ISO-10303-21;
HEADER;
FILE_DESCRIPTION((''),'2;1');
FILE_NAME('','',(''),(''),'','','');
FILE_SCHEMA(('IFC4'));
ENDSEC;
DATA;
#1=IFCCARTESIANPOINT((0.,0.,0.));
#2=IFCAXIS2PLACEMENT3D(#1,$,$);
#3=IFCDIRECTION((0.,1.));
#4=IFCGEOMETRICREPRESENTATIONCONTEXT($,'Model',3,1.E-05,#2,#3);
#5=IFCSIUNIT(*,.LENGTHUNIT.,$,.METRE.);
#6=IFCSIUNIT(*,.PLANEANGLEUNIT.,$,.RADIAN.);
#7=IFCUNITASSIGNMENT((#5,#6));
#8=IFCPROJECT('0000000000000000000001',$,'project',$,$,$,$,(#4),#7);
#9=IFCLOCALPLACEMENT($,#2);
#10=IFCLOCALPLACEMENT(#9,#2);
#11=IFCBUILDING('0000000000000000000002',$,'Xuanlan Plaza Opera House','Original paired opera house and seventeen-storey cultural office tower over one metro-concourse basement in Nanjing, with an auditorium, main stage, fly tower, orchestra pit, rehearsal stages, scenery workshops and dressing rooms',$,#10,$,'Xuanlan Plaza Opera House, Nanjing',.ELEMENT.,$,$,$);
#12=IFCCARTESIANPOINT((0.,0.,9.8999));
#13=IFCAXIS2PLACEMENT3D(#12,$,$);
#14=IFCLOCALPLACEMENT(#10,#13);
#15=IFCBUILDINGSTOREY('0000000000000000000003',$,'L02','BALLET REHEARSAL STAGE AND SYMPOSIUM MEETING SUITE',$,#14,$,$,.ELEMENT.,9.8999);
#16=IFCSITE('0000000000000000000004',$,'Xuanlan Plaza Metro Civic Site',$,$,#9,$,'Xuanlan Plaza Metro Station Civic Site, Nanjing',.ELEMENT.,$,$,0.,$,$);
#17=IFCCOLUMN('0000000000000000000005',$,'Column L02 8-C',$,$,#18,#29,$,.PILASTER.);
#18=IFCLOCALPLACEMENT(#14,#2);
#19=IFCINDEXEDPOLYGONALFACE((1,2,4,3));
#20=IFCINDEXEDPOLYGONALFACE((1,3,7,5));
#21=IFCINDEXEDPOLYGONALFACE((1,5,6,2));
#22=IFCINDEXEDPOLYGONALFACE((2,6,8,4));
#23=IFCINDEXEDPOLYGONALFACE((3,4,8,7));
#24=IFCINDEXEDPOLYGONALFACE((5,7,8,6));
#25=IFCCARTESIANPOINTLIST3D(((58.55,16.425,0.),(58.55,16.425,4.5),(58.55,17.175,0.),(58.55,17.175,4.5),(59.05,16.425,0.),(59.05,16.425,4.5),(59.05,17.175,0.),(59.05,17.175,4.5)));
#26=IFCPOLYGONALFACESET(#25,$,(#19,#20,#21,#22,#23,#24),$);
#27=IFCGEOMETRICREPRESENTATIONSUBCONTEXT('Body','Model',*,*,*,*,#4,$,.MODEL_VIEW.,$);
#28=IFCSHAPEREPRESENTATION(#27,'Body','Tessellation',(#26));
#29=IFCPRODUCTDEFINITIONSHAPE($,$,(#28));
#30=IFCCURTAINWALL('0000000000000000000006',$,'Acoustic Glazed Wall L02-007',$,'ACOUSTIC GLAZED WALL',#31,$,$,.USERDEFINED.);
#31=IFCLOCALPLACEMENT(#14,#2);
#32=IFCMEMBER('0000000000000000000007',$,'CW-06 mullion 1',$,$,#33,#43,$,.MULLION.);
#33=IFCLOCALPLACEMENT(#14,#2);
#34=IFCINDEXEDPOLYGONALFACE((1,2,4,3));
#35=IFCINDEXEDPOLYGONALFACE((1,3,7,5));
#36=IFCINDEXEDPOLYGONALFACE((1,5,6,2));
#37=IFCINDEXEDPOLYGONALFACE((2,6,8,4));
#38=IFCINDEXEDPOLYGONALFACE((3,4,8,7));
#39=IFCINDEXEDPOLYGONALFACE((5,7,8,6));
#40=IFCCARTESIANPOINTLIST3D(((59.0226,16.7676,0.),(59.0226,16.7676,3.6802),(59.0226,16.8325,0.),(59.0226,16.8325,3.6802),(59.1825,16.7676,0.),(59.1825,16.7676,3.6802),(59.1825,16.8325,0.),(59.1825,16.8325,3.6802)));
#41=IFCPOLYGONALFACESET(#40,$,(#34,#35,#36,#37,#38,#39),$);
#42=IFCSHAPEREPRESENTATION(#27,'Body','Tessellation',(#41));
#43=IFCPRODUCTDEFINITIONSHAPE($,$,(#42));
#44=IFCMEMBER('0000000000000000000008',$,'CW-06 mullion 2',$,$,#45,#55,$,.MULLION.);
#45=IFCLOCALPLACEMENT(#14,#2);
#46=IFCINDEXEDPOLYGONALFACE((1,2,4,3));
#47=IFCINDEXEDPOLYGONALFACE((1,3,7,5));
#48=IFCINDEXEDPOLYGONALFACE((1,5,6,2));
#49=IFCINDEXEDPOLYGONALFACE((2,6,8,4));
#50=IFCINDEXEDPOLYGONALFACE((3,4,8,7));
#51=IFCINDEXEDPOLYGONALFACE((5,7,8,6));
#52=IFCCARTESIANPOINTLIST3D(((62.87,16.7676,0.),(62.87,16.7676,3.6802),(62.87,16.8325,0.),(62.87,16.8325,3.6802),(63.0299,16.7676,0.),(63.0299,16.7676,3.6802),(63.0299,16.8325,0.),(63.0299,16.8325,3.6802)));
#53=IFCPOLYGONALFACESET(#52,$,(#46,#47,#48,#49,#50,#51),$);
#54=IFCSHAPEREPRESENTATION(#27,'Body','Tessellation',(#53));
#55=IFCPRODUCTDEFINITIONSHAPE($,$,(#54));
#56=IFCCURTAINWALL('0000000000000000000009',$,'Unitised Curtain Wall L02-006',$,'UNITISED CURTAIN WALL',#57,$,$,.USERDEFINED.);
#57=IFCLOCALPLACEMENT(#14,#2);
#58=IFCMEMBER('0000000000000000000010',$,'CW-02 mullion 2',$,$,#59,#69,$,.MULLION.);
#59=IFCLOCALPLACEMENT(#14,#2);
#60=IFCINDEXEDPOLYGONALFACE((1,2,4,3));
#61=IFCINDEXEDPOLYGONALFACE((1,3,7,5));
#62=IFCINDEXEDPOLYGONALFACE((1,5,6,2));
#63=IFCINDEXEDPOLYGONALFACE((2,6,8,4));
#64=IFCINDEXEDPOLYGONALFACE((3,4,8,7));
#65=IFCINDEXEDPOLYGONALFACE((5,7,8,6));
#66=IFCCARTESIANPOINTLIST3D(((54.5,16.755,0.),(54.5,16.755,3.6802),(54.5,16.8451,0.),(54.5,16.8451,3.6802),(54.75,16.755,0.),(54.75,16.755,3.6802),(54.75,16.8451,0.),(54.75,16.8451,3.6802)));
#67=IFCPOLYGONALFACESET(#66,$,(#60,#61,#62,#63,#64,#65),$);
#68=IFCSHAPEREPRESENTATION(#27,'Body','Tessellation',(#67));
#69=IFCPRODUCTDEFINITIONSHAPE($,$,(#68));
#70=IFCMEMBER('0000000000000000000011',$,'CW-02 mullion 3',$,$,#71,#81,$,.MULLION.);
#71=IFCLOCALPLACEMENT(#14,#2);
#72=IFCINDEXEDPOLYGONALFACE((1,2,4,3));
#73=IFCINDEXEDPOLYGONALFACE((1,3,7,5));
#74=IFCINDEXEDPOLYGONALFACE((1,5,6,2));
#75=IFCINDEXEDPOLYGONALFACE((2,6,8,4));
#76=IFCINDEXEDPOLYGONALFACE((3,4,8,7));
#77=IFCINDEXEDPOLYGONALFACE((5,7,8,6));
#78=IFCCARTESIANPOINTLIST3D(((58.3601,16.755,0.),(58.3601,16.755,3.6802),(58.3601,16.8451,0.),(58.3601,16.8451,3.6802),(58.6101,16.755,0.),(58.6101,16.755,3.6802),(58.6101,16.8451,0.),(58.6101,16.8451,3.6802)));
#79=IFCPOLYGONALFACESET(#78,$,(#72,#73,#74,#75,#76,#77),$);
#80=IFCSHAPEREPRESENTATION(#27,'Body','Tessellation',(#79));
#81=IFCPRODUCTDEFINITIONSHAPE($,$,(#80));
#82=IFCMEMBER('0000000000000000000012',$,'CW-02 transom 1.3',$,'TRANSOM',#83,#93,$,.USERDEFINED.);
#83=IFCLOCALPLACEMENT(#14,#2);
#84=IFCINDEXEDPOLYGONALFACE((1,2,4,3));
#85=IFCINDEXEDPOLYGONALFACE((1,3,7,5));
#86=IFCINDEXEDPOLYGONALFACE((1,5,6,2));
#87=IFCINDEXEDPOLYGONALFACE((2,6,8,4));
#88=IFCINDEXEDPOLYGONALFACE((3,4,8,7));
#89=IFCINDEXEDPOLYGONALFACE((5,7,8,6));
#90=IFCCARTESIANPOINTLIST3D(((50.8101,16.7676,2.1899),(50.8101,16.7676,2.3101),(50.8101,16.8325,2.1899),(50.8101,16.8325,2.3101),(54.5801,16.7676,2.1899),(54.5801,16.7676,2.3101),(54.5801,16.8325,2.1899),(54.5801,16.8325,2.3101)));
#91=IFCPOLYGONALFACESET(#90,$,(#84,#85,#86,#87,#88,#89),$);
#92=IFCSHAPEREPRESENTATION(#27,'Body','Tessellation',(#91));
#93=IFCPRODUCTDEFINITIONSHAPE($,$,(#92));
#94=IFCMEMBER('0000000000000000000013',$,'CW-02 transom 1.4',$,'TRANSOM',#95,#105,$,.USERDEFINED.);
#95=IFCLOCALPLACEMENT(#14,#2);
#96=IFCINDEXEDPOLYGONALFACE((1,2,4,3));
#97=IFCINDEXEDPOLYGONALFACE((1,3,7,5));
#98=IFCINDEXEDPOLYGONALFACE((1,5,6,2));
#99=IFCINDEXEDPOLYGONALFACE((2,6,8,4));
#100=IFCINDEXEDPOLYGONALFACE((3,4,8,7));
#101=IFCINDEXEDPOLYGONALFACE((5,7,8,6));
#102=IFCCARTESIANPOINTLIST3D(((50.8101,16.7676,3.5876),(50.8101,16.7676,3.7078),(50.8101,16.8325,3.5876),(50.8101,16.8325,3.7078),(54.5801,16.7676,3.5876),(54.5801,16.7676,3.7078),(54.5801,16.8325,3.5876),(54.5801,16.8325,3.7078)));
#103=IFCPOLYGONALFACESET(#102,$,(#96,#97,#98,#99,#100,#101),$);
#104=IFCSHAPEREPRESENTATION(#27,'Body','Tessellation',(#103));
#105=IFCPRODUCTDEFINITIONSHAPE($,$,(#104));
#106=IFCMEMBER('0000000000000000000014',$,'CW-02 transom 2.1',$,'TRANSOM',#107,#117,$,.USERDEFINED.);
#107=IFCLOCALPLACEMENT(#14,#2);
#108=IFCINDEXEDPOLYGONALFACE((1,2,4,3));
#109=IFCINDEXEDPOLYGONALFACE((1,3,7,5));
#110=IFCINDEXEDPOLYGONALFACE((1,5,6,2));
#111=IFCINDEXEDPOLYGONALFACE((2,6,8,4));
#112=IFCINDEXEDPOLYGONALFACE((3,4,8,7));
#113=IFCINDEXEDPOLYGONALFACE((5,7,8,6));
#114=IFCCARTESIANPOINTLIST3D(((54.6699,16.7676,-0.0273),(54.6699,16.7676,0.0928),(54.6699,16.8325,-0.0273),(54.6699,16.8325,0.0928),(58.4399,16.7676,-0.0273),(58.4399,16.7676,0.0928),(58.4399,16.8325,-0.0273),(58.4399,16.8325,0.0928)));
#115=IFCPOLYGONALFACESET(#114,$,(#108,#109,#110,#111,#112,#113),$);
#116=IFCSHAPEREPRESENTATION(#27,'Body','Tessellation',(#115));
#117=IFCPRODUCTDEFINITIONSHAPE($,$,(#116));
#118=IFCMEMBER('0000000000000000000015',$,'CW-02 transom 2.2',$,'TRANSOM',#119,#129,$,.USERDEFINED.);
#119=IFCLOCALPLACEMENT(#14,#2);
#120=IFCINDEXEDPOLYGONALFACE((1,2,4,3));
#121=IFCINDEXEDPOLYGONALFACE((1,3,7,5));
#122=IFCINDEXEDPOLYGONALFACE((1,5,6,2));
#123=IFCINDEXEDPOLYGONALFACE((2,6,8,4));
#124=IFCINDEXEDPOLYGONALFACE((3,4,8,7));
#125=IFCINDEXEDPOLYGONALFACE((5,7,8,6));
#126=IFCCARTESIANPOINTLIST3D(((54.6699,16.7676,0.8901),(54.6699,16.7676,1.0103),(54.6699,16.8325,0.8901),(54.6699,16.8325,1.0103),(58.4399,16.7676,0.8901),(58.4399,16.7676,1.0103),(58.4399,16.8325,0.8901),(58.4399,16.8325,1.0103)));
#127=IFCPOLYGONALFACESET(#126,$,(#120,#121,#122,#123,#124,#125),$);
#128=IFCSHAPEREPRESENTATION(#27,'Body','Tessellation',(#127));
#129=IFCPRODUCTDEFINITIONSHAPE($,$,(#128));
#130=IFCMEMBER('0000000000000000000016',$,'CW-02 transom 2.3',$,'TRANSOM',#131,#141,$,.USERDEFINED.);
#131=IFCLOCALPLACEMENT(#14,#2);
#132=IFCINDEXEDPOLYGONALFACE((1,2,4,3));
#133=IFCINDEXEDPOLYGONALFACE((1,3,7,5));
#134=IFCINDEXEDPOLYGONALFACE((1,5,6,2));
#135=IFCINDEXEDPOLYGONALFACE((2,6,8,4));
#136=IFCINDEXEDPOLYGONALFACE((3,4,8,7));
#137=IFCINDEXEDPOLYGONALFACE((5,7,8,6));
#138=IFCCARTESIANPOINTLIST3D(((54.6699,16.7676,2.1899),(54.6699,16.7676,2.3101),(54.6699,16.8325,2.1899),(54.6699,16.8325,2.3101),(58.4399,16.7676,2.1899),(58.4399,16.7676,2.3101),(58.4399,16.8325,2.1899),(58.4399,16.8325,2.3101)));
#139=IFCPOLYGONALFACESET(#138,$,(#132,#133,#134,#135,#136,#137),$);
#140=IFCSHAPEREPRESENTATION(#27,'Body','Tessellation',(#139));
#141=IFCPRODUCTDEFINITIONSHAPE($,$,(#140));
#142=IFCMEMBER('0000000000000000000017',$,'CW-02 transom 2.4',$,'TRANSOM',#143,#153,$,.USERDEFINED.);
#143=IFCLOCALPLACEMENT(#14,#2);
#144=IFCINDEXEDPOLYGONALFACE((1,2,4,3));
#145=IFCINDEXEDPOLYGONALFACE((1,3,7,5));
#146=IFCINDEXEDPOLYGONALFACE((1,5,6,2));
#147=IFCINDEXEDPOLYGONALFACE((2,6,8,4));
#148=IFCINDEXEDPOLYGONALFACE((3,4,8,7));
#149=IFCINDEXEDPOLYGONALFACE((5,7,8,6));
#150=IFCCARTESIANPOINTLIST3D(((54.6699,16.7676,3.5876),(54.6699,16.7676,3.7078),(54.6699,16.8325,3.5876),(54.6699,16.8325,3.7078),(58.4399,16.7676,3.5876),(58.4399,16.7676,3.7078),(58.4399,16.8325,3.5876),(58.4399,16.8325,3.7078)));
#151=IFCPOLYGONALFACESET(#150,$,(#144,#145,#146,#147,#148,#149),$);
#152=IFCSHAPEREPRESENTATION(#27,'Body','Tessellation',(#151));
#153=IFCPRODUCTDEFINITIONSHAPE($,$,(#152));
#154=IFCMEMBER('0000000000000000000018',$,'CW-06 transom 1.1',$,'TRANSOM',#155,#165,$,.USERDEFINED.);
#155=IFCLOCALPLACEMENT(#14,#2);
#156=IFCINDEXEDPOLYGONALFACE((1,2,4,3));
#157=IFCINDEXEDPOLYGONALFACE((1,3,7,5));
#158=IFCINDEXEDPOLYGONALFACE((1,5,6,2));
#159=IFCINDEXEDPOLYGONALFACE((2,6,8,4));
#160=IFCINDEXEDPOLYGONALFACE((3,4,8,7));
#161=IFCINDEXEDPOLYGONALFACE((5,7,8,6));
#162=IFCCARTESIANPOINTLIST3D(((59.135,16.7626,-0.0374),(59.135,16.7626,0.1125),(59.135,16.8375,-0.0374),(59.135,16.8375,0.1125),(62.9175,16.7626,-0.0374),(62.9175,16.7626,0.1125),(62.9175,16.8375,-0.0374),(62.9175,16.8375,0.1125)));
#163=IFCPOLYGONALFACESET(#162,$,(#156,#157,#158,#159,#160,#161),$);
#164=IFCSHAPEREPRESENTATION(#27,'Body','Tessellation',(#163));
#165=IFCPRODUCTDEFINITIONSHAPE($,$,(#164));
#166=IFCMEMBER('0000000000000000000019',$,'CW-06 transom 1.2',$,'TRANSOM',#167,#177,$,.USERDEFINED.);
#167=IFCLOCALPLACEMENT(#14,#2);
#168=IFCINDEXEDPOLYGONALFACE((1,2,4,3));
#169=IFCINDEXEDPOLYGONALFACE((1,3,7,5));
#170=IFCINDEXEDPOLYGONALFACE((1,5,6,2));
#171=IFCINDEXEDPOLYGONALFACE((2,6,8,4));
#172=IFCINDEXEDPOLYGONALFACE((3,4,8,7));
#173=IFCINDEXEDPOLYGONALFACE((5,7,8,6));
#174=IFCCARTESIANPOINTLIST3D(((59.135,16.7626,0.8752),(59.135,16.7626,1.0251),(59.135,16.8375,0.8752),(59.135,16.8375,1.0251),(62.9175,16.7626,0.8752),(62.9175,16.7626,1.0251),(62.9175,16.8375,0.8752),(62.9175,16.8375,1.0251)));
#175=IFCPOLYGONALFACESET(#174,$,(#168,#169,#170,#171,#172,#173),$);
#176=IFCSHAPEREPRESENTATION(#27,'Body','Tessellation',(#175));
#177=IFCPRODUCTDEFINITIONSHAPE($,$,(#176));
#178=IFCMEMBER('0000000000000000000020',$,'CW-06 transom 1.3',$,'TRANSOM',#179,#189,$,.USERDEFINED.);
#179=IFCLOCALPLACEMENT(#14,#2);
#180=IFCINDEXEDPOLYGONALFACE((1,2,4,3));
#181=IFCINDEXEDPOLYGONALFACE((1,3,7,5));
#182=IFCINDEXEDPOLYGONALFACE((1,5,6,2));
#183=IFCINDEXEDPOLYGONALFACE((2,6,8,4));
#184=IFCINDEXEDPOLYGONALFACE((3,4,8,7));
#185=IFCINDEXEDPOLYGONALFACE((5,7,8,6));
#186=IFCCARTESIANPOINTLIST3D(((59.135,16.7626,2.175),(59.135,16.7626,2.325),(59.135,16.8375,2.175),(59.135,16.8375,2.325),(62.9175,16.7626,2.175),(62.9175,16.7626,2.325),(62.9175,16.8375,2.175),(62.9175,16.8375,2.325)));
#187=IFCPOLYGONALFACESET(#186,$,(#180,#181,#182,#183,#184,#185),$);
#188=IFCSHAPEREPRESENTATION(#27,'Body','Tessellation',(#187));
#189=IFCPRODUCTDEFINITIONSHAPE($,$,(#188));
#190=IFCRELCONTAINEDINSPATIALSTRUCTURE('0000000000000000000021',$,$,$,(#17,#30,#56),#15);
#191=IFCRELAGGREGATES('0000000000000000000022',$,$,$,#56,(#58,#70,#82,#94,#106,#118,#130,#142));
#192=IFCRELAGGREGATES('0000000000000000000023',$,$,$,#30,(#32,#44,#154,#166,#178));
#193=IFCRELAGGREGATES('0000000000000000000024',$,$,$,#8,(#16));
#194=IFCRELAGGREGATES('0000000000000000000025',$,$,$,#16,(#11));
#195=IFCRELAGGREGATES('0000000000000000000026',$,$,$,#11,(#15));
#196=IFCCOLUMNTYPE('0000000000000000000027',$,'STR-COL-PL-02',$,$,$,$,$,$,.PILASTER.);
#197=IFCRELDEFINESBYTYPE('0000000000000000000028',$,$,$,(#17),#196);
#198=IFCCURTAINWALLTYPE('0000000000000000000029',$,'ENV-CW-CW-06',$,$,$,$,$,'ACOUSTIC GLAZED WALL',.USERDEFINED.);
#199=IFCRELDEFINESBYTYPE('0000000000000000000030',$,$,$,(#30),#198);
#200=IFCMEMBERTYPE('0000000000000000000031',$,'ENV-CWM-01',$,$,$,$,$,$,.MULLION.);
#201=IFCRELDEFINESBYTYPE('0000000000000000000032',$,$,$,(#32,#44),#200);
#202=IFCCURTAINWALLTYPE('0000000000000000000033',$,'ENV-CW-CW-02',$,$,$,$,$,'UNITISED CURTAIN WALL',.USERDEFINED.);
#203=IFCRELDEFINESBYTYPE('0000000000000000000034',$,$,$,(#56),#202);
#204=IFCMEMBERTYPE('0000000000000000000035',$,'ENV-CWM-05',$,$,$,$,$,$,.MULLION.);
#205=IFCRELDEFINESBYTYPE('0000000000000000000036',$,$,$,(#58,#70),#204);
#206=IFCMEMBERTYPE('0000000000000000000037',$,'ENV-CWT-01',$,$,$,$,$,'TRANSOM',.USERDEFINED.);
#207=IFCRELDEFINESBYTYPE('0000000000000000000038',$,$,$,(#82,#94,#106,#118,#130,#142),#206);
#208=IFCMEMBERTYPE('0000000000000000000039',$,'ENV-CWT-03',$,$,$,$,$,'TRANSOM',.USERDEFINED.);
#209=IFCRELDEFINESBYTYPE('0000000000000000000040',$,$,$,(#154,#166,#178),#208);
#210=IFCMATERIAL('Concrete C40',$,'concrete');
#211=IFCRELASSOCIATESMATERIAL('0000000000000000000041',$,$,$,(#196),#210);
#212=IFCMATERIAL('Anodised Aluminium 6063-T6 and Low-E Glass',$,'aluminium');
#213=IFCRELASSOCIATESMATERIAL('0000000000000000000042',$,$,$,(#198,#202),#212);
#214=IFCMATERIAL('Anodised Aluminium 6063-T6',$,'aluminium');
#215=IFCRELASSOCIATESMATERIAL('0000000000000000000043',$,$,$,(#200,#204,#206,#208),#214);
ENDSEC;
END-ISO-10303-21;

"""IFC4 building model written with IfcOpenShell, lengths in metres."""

from ifc_helpers import new_model, si_unit, direction, frame, origin, origin_2d, place, context, subcontext, project, spatial, rectangle, extrude, material, material_profile, profile_set, type_object, element, aggregate, save


model = new_model("IFC4")

# Units and contexts
model_context = context("Model", 3, precision=1e-05, world=origin(), true_north=direction((0.0, 1.0)))
body_context = subcontext(model_context, "Body", "Model", "MODEL_VIEW")
ifc_project = project(units=[si_unit("LENGTHUNIT", "METRE"), si_unit("PLANEANGLEUNIT", "RADIAN")], contexts=[model_context])

# Site, building, storey
site_placement = place(None, origin())
site = spatial("IfcSite", under=ifc_project, at=site_placement, Name="Xuanlan Plaza Metro Civic Site", LongName="Xuanlan Plaza Metro Station Civic Site, Nanjing", CompositionType="ELEMENT", RefElevation=0.0)
building_placement = place(site_placement, origin())
building = spatial("IfcBuilding", under=site, at=building_placement, Name="Xuanlan Plaza Opera House", Description="Original paired opera house and seventeen-storey cultural office tower over one metro-concourse basement in Nanjing, with an auditorium, main stage, fly tower, orchestra pit, rehearsal stages, scenery workshops and dressing rooms", LongName="Xuanlan Plaza Opera House, Nanjing", CompositionType="ELEMENT")
storey_placement = place(building_placement, frame((0.0, 0.0, 9.8999)))
storey = spatial("IfcBuildingStorey", under=building, at=storey_placement, Name="L02", Description="BALLET REHEARSAL STAGE AND SYMPOSIUM MEETING SUITE", CompositionType="ELEMENT", Elevation=9.8999)

# Column
ifc_material_1 = material(Name="Concrete C40", Category="concrete")
ifc_material_profile_1 = material_profile(ifc_material_1, rectangle(XDim=0.5, YDim=0.75, at=origin_2d()), Name="RC-PIL 500x750")
ifc_profile_set_1 = profile_set([ifc_material_profile_1], Name="Concrete C40")
column_type = type_object("IfcColumnType", Name="STR-COL-PL-02", PredefinedType="PILASTER", material=ifc_profile_set_1)
column_placement = place(storey_placement, frame((58.8, 16.8, 0.0), z_axis=(0.0, 0.0, 1.0), x_axis=(1.0, 0.0, 0.0)))
element("IfcColumn", 1, at=column_placement, inside=storey, type_object=column_type, Name="Column L02 8-C", PredefinedType="PILASTER", context=body_context, shape_type="SweptSolid", body=[
    extrude(rectangle(XDim=0.5, YDim=0.75, at=origin_2d()), origin(), (0.0, 0.0, 1.0), 4.5),
])

# Curtain walls, members
ifc_material_2 = material(Name="Anodised Aluminium 6063-T6 and Low-E Glass", Category="aluminium")
curtain_wall_type_1 = type_object("IfcCurtainWallType", Name="ENV-CW-CW-06", ElementType="ACOUSTIC GLAZED WALL", PredefinedType="USERDEFINED", material=ifc_material_2)
curtain_wall_1_placement = place(storey_placement, origin())
curtain_wall_1 = element("IfcCurtainWall", 2, at=curtain_wall_1_placement, inside=storey, type_object=curtain_wall_type_1, Name="Acoustic Glazed Wall L02-007", ObjectType="ACOUSTIC GLAZED WALL", PredefinedType="USERDEFINED")
ifc_material_3 = material(Name="Anodised Aluminium 6063-T6", Category="aluminium")
ifc_material_profile_2 = material_profile(ifc_material_3, rectangle(XDim=0.0649, YDim=0.1599, at=origin_2d()), Name="ALU-M 65x160")
ifc_profile_set_2 = profile_set([ifc_material_profile_2], Name="Anodised Aluminium 6063-T6")
member_type_1 = type_object("IfcMemberType", Name="ENV-CWM-01", PredefinedType="MULLION", material=ifc_profile_set_2)
member_1_placement = place(storey_placement, frame((59.1025, 16.8, 0.0), z_axis=(0.0, 0.0, 1.0), x_axis=(0.0, 1.0, 0.0)))
member_1 = element("IfcMember", 3, at=member_1_placement, type_object=member_type_1, Name="CW-06 mullion 1", PredefinedType="MULLION", context=body_context, shape_type="SweptSolid", body=[
    extrude(rectangle(XDim=0.0649, YDim=0.1599, at=origin_2d()), origin(), (0.0, 0.0, 1.0), 3.6802),
])
member_2_placement = place(storey_placement, frame((62.95, 16.8, 0.0), z_axis=(0.0, 0.0, 1.0), x_axis=(0.0, 1.0, 0.0)))
member_2 = element("IfcMember", 4, at=member_2_placement, type_object=member_type_1, Name="CW-06 mullion 2", PredefinedType="MULLION", context=body_context, shape_type="SweptSolid", body=[
    extrude(rectangle(XDim=0.0649, YDim=0.1599, at=origin_2d()), origin(), (0.0, 0.0, 1.0), 3.6802),
])
curtain_wall_type_2 = type_object("IfcCurtainWallType", Name="ENV-CW-CW-02", ElementType="UNITISED CURTAIN WALL", PredefinedType="USERDEFINED", material=ifc_material_2)
curtain_wall_2_placement = place(storey_placement, origin())
curtain_wall_2 = element("IfcCurtainWall", 5, at=curtain_wall_2_placement, inside=storey, type_object=curtain_wall_type_2, Name="Unitised Curtain Wall L02-006", ObjectType="UNITISED CURTAIN WALL", PredefinedType="USERDEFINED")
ifc_material_profile_3 = material_profile(ifc_material_3, rectangle(XDim=0.0901, YDim=0.25, at=origin_2d()), Name="ALU-M 90x250")
ifc_profile_set_3 = profile_set([ifc_material_profile_3], Name="Anodised Aluminium 6063-T6")
member_type_2 = type_object("IfcMemberType", Name="ENV-CWM-05", PredefinedType="MULLION", material=ifc_profile_set_3)
member_3_placement = place(storey_placement, frame((54.625, 16.8, 0.0), z_axis=(0.0, 0.0, 1.0), x_axis=(0.0, 1.0, 0.0)))
member_3 = element("IfcMember", 6, at=member_3_placement, type_object=member_type_2, Name="CW-02 mullion 2", PredefinedType="MULLION", context=body_context, shape_type="SweptSolid", body=[
    extrude(rectangle(XDim=0.0901, YDim=0.25, at=origin_2d()), origin(), (0.0, 0.0, 1.0), 3.6802),
])
member_4_placement = place(storey_placement, frame((58.4851, 16.8, 0.0), z_axis=(0.0, 0.0, 1.0), x_axis=(0.0, 1.0, 0.0)))
member_4 = element("IfcMember", 7, at=member_4_placement, type_object=member_type_2, Name="CW-02 mullion 3", PredefinedType="MULLION", context=body_context, shape_type="SweptSolid", body=[
    extrude(rectangle(XDim=0.0901, YDim=0.25, at=origin_2d()), origin(), (0.0, 0.0, 1.0), 3.6802),
])
ifc_material_profile_4 = material_profile(ifc_material_3, rectangle(XDim=0.0649, YDim=0.1201, at=origin_2d()), Name="ALU-T 65x120")
ifc_profile_set_4 = profile_set([ifc_material_profile_4], Name="Anodised Aluminium 6063-T6")
member_type_3 = type_object("IfcMemberType", Name="ENV-CWT-01", ElementType="TRANSOM", PredefinedType="USERDEFINED", material=ifc_profile_set_4)
member_5_placement = place(storey_placement, frame((50.8101, 16.8, 2.25), z_axis=(1.0, 0.0, 0.0), x_axis=(0.0, 1.0, 0.0)))
member_5 = element("IfcMember", 8, at=member_5_placement, type_object=member_type_3, Name="CW-02 transom 1.3", ObjectType="TRANSOM", PredefinedType="USERDEFINED", context=body_context, shape_type="SweptSolid", body=[
    extrude(rectangle(XDim=0.0649, YDim=0.1201, at=origin_2d()), origin(), (0.0, 0.0, 1.0), 3.77),
])
member_6_placement = place(storey_placement, frame((50.8101, 16.8, 3.6477), z_axis=(1.0, 0.0, 0.0), x_axis=(0.0, 1.0, 0.0)))
member_6 = element("IfcMember", 9, at=member_6_placement, type_object=member_type_3, Name="CW-02 transom 1.4", ObjectType="TRANSOM", PredefinedType="USERDEFINED", context=body_context, shape_type="SweptSolid", body=[
    extrude(rectangle(XDim=0.0649, YDim=0.1201, at=origin_2d()), origin(), (0.0, 0.0, 1.0), 3.77),
])
member_7_placement = place(storey_placement, frame((54.6699, 16.8, 0.0327), z_axis=(1.0, 0.0, 0.0), x_axis=(0.0, 1.0, 0.0)))
member_7 = element("IfcMember", 10, at=member_7_placement, type_object=member_type_3, Name="CW-02 transom 2.1", ObjectType="TRANSOM", PredefinedType="USERDEFINED", context=body_context, shape_type="SweptSolid", body=[
    extrude(rectangle(XDim=0.0649, YDim=0.1201, at=origin_2d()), origin(), (0.0, 0.0, 1.0), 3.77),
])
member_8_placement = place(storey_placement, frame((54.6699, 16.8, 0.9502), z_axis=(1.0, 0.0, 0.0), x_axis=(0.0, 1.0, 0.0)))
member_8 = element("IfcMember", 11, at=member_8_placement, type_object=member_type_3, Name="CW-02 transom 2.2", ObjectType="TRANSOM", PredefinedType="USERDEFINED", context=body_context, shape_type="SweptSolid", body=[
    extrude(rectangle(XDim=0.0649, YDim=0.1201, at=origin_2d()), origin(), (0.0, 0.0, 1.0), 3.77),
])
member_9_placement = place(storey_placement, frame((54.6699, 16.8, 2.25), z_axis=(1.0, 0.0, 0.0), x_axis=(0.0, 1.0, 0.0)))
member_9 = element("IfcMember", 12, at=member_9_placement, type_object=member_type_3, Name="CW-02 transom 2.3", ObjectType="TRANSOM", PredefinedType="USERDEFINED", context=body_context, shape_type="SweptSolid", body=[
    extrude(rectangle(XDim=0.0649, YDim=0.1201, at=origin_2d()), origin(), (0.0, 0.0, 1.0), 3.77),
])
member_10_placement = place(storey_placement, frame((54.6699, 16.8, 3.6477), z_axis=(1.0, 0.0, 0.0), x_axis=(0.0, 1.0, 0.0)))
member_10 = element("IfcMember", 13, at=member_10_placement, type_object=member_type_3, Name="CW-02 transom 2.4", ObjectType="TRANSOM", PredefinedType="USERDEFINED", context=body_context, shape_type="SweptSolid", body=[
    extrude(rectangle(XDim=0.0649, YDim=0.1201, at=origin_2d()), origin(), (0.0, 0.0, 1.0), 3.77),
])

# Members
ifc_material_profile_5 = material_profile(ifc_material_3, rectangle(XDim=0.075, YDim=0.1499, at=origin_2d()), Name="ALU-T 75x150")
ifc_profile_set_5 = profile_set([ifc_material_profile_5], Name="Anodised Aluminium 6063-T6")
member_type_4 = type_object("IfcMemberType", Name="ENV-CWT-03", ElementType="TRANSOM", PredefinedType="USERDEFINED", material=ifc_profile_set_5)
member_11_placement = place(storey_placement, frame((59.135, 16.8, 0.0376), z_axis=(1.0, 0.0, 0.0), x_axis=(0.0, 1.0, 0.0)))
member_11 = element("IfcMember", 14, at=member_11_placement, type_object=member_type_4, Name="CW-06 transom 1.1", ObjectType="TRANSOM", PredefinedType="USERDEFINED", context=body_context, shape_type="SweptSolid", body=[
    extrude(rectangle(XDim=0.075, YDim=0.1499, at=origin_2d()), origin(), (0.0, 0.0, 1.0), 3.7825),
])
member_12_placement = place(storey_placement, frame((59.135, 16.8, 0.9502), z_axis=(1.0, 0.0, 0.0), x_axis=(0.0, 1.0, 0.0)))
member_12 = element("IfcMember", 15, at=member_12_placement, type_object=member_type_4, Name="CW-06 transom 1.2", ObjectType="TRANSOM", PredefinedType="USERDEFINED", context=body_context, shape_type="SweptSolid", body=[
    extrude(rectangle(XDim=0.075, YDim=0.1499, at=origin_2d()), origin(), (0.0, 0.0, 1.0), 3.7825),
])
member_13_placement = place(storey_placement, frame((59.135, 16.8, 2.25), z_axis=(1.0, 0.0, 0.0), x_axis=(0.0, 1.0, 0.0)))
member_13 = element("IfcMember", 16, at=member_13_placement, type_object=member_type_4, Name="CW-06 transom 1.3", ObjectType="TRANSOM", PredefinedType="USERDEFINED", context=body_context, shape_type="SweptSolid", body=[
    extrude(rectangle(XDim=0.075, YDim=0.1499, at=origin_2d()), origin(), (0.0, 0.0, 1.0), 3.7825),
])

aggregate(curtain_wall_2, [member_3, member_4, member_5, member_6, member_7, member_8, member_9, member_10])
aggregate(curtain_wall_1, [member_1, member_2, member_11, member_12, member_13])

save(model, "model.ifc")
